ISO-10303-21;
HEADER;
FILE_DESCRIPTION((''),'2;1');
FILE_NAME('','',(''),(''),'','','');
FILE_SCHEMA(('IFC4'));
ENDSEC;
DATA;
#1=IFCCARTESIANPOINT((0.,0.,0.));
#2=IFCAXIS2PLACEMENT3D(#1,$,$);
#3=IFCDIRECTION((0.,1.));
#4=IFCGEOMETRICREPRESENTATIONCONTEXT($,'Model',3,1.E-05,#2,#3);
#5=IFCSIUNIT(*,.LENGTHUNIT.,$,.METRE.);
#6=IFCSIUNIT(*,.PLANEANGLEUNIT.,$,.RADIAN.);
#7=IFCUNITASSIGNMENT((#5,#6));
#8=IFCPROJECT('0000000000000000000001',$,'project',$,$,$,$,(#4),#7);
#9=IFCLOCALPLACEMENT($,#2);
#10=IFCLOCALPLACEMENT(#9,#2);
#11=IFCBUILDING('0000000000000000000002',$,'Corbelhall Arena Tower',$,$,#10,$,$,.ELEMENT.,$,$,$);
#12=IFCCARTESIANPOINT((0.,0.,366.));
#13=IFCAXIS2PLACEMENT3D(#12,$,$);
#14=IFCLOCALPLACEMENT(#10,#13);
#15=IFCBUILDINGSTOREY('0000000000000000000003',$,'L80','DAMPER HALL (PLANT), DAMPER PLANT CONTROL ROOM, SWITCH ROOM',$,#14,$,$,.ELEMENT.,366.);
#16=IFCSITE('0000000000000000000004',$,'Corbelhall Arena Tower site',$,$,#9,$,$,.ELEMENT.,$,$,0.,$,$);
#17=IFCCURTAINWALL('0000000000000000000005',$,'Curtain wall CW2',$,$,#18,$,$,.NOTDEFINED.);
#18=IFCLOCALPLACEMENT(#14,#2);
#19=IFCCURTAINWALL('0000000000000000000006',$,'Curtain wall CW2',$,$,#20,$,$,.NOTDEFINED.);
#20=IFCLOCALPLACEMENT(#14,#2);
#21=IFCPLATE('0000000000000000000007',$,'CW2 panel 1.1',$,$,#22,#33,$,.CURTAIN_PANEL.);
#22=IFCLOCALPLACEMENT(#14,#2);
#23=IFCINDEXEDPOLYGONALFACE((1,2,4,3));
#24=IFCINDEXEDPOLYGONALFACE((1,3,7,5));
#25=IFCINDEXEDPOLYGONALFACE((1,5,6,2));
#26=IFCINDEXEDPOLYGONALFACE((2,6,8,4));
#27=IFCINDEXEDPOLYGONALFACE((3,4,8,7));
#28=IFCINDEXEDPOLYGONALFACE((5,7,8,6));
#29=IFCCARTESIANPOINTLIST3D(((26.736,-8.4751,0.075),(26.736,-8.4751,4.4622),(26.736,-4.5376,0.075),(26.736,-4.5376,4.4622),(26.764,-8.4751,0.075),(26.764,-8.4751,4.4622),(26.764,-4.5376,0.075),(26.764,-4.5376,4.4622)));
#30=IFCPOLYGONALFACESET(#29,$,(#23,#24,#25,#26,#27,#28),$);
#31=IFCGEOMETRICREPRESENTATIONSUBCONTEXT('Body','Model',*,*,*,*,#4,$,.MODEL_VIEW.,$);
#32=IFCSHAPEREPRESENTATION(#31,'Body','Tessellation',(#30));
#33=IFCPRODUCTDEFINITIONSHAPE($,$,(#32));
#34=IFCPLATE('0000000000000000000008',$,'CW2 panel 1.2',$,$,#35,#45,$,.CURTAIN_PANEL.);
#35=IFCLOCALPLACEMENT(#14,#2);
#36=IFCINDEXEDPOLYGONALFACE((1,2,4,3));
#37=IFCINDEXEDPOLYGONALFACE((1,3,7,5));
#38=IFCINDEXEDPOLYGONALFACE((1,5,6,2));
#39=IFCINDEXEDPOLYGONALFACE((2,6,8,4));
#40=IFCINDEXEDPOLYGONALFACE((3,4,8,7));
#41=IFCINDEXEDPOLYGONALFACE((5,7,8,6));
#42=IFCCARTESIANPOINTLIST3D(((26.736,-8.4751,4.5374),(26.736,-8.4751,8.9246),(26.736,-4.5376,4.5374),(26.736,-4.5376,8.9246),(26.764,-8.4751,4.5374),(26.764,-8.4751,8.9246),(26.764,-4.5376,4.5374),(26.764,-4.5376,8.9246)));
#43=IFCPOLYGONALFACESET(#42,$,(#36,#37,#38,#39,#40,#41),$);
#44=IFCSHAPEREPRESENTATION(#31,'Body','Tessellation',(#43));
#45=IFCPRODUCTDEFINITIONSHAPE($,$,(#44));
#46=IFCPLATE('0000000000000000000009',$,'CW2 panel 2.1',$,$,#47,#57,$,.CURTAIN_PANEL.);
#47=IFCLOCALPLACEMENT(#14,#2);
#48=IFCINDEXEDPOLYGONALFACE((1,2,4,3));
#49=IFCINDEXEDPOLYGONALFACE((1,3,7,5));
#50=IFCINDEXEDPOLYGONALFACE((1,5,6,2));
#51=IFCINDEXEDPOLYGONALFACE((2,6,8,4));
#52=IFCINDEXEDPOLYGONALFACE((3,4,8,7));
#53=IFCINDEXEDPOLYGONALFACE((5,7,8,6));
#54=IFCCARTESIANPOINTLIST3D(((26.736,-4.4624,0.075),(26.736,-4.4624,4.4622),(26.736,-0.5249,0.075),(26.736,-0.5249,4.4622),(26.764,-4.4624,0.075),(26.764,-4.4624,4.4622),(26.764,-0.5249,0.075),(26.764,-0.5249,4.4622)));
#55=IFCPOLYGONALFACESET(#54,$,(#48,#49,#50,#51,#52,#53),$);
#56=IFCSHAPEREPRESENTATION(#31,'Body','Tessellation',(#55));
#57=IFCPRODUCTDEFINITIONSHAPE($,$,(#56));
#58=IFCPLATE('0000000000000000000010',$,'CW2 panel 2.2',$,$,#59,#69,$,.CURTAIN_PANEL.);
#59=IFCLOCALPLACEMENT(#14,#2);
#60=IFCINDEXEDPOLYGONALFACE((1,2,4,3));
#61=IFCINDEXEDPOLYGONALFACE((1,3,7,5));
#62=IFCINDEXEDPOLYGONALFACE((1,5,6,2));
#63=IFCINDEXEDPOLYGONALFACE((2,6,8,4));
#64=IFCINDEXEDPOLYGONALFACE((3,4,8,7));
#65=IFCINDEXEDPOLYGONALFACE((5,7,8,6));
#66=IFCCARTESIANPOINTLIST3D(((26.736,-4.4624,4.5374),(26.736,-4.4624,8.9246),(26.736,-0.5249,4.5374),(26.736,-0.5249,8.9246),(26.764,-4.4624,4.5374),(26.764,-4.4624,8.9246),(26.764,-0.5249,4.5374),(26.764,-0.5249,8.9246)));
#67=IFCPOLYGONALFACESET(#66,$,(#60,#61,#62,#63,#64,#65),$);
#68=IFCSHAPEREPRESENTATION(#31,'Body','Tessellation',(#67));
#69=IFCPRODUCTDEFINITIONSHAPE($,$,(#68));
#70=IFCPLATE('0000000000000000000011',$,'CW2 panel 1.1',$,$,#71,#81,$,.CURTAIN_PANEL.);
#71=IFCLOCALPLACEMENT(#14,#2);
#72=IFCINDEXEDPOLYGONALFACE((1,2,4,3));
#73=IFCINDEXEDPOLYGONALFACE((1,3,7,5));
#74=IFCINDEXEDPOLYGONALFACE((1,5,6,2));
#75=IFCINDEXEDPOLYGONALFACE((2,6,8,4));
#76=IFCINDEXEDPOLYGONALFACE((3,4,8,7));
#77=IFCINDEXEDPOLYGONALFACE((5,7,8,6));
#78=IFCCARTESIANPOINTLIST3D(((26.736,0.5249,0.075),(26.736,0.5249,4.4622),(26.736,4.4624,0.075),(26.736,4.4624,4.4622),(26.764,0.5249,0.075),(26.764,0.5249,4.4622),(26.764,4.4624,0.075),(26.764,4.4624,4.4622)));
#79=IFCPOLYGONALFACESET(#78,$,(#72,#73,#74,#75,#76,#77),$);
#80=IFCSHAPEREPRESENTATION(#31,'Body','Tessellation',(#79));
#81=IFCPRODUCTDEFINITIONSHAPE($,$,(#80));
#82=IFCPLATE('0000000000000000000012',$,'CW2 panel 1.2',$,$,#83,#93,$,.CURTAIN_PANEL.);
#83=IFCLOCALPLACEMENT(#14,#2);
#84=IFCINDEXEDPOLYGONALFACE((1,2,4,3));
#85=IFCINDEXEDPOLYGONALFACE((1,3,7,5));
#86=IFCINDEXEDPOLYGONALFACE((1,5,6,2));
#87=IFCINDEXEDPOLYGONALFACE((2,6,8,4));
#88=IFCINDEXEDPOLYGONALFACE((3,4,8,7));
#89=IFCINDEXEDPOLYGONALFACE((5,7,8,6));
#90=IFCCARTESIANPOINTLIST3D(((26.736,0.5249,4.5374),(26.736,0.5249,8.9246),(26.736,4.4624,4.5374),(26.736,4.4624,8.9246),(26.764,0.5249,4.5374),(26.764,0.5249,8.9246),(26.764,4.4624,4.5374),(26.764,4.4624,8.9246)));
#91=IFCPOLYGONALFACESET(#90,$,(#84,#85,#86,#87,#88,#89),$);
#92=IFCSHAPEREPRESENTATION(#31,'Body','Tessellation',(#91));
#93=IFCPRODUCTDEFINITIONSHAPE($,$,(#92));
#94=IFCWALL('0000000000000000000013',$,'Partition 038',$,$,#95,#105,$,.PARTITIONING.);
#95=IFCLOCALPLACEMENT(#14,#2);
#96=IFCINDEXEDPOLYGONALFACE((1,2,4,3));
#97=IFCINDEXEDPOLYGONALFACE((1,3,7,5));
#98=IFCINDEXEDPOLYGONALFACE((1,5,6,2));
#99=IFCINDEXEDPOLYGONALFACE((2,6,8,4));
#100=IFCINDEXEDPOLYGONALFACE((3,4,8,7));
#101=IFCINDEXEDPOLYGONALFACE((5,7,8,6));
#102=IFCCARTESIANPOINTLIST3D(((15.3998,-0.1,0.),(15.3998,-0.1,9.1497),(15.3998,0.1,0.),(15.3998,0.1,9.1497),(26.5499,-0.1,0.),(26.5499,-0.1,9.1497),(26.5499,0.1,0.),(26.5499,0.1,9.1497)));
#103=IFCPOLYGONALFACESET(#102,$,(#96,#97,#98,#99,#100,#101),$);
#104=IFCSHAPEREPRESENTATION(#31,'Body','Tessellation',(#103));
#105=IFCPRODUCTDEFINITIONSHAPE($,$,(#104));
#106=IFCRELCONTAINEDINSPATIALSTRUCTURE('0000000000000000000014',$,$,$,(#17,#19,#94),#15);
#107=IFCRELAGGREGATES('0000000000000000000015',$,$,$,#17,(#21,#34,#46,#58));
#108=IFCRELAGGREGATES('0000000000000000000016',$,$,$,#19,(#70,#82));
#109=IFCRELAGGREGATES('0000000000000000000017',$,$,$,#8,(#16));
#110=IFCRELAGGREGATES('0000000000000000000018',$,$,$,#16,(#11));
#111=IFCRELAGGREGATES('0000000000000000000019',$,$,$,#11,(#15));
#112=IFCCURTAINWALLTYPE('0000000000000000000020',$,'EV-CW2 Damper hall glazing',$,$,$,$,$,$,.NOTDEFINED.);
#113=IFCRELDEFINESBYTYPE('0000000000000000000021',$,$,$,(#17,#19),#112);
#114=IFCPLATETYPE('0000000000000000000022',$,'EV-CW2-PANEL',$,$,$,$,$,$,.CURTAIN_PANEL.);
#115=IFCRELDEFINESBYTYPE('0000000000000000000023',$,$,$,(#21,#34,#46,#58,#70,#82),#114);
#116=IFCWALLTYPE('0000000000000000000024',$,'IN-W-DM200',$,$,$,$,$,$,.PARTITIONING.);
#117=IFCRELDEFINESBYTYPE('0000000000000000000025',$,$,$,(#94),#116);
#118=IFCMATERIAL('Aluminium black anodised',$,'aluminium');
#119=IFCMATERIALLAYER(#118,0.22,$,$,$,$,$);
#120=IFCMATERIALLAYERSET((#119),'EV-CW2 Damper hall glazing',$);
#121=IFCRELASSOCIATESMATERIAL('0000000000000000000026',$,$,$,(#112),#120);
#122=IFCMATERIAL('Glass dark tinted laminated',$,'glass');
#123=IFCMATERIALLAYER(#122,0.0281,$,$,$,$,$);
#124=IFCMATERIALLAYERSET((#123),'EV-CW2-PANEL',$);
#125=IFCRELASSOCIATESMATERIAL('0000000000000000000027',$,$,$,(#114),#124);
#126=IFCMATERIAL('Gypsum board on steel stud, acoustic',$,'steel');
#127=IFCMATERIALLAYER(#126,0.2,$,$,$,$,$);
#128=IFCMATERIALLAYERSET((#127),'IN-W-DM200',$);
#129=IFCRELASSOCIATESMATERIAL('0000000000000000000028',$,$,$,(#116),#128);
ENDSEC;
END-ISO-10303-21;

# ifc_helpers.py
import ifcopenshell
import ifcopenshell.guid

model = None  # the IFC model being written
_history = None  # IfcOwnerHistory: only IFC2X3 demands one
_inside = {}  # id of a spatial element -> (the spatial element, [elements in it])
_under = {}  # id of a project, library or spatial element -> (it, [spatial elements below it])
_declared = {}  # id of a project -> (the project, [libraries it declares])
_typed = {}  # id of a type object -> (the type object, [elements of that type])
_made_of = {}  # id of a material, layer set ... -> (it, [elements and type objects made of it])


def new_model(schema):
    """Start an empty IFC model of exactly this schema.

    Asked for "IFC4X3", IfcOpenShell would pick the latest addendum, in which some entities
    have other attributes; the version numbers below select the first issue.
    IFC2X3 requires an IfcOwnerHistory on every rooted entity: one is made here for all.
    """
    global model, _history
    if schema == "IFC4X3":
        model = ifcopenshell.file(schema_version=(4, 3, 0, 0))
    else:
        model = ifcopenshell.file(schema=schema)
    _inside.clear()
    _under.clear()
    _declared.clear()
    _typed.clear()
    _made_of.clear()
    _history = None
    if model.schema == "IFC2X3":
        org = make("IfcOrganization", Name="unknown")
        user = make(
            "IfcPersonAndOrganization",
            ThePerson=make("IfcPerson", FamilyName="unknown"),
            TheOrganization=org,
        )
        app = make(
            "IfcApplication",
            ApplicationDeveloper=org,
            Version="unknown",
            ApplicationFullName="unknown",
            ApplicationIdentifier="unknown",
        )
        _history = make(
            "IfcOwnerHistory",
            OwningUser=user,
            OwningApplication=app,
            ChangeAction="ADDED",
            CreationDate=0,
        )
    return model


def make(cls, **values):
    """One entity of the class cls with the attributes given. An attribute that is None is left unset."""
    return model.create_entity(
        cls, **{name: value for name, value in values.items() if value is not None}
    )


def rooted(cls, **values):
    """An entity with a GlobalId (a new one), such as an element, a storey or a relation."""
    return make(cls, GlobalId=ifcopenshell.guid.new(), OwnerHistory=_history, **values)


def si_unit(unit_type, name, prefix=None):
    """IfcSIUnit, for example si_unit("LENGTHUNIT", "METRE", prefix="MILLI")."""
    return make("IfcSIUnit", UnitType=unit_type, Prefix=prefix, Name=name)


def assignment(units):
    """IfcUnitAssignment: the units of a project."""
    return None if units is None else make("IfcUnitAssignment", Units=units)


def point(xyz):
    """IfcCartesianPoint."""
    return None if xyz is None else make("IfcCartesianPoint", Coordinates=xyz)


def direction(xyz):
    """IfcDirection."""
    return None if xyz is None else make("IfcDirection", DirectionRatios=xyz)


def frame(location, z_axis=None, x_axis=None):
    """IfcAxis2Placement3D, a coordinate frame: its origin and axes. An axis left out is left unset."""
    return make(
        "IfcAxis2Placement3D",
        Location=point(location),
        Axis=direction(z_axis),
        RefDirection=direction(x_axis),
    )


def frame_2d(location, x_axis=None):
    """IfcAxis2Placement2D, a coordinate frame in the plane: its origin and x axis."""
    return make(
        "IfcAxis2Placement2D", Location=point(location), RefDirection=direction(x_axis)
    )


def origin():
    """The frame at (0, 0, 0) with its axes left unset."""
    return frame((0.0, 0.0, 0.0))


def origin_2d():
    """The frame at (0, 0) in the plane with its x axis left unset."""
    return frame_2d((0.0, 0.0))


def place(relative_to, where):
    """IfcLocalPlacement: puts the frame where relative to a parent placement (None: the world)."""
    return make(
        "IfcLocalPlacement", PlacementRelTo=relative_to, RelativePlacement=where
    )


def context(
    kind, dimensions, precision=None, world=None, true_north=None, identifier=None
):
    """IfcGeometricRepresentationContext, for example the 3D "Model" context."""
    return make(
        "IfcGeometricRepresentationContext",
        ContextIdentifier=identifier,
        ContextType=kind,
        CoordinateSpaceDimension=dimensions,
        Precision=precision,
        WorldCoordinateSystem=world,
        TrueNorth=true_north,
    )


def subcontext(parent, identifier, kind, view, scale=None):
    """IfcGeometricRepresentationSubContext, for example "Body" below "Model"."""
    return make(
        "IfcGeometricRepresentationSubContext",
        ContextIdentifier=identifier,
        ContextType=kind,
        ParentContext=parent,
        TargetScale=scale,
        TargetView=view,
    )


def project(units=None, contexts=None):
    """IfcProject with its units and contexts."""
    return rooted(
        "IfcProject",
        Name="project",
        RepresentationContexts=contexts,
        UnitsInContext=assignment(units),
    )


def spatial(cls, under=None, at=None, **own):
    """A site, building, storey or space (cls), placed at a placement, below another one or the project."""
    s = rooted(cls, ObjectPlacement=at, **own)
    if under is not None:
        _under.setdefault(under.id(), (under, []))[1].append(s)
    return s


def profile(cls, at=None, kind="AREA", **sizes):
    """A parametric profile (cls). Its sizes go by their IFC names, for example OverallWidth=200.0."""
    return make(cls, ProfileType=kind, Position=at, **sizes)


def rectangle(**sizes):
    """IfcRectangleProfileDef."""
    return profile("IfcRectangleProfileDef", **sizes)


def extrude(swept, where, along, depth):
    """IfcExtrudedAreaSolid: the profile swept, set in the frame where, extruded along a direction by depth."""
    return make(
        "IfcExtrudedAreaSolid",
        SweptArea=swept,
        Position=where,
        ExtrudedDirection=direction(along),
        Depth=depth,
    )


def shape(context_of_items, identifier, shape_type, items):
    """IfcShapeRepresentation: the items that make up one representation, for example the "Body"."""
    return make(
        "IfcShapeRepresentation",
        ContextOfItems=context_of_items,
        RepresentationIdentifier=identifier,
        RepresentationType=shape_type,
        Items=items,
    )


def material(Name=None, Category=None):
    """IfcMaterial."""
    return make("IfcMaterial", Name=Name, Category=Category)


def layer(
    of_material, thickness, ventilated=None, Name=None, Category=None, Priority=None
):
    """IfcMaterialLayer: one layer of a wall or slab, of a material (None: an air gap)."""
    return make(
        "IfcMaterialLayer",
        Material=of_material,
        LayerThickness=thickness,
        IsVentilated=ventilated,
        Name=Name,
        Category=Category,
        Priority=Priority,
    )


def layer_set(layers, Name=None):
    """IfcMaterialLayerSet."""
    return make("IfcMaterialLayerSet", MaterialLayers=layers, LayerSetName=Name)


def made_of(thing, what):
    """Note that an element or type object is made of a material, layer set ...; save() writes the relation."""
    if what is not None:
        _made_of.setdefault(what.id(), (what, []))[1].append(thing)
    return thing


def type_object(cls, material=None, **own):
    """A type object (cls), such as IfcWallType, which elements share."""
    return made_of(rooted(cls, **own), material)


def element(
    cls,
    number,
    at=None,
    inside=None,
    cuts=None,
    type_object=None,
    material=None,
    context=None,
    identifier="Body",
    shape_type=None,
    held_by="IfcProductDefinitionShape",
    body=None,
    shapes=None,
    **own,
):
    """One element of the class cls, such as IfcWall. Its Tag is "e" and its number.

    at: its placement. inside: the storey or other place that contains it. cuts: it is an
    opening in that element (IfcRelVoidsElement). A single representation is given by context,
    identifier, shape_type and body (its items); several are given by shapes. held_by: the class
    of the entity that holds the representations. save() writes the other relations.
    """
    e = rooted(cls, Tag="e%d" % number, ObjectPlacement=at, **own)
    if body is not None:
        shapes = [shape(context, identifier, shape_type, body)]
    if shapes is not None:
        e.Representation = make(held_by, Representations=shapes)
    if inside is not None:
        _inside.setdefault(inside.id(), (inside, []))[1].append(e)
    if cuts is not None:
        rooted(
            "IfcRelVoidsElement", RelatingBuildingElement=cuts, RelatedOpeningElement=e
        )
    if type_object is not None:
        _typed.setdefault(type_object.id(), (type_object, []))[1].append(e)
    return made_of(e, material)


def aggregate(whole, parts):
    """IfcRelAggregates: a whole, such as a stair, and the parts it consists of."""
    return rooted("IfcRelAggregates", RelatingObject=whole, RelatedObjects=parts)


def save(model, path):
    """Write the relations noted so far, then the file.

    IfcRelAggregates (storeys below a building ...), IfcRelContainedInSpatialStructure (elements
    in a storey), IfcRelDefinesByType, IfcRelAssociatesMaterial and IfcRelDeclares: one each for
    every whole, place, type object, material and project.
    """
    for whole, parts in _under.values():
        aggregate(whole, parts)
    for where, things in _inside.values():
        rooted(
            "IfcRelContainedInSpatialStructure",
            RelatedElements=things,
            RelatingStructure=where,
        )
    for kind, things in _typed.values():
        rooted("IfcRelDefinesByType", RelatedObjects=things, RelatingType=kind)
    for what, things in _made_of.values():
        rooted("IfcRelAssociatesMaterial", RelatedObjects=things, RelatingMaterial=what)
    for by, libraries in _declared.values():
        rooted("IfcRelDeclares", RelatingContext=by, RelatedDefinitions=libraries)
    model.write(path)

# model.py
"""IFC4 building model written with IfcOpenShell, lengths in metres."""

from ifc_helpers import new_model, si_unit, direction, frame, frame_2d, origin, origin_2d, place, context, subcontext, project, spatial, rectangle, extrude, material, layer, layer_set, type_object, element, aggregate, save


model = new_model("IFC4")

# Units and contexts
model_context = context("Model", 3, precision=1e-05, world=origin(), true_north=direction((0.0, 1.0)))
body_context = subcontext(model_context, "Body", "Model", "MODEL_VIEW")
ifc_project = project(units=[si_unit("LENGTHUNIT", "METRE"), si_unit("PLANEANGLEUNIT", "RADIAN")], contexts=[model_context])

# Site, building, storey
site_placement = place(None, origin())
site = spatial("IfcSite", under=ifc_project, at=site_placement, Name="Corbelhall Arena Tower site", CompositionType="ELEMENT", RefElevation=0.0)
building_placement = place(site_placement, origin())
building = spatial("IfcBuilding", under=site, at=building_placement, Name="Corbelhall Arena Tower", CompositionType="ELEMENT")
storey_placement = place(building_placement, frame((0.0, 0.0, 366.0)))
storey = spatial("IfcBuildingStorey", under=building, at=storey_placement, Name="L80", Description="DAMPER HALL (PLANT), DAMPER PLANT CONTROL ROOM, SWITCH ROOM", CompositionType="ELEMENT", Elevation=366.0)

# Curtain wall
ifc_material_1 = material(Name="Aluminium black anodised", Category="aluminium")
ifc_layer_1 = layer(ifc_material_1, 0.22)
ifc_layer_set_1 = layer_set([ifc_layer_1], Name="EV-CW2 Damper hall glazing")
curtain_wall_type = type_object("IfcCurtainWallType", Name="EV-CW2 Damper hall glazing", PredefinedType="NOTDEFINED", material=ifc_layer_set_1)
curtain_wall_1_placement = place(storey_placement, origin())
curtain_wall_1 = element("IfcCurtainWall", 1, at=curtain_wall_1_placement, inside=storey, type_object=curtain_wall_type, Name="Curtain wall CW2", PredefinedType="NOTDEFINED")

# Curtain wall
curtain_wall_2_placement = place(storey_placement, origin())
curtain_wall_2 = element("IfcCurtainWall", 2, at=curtain_wall_2_placement, inside=storey, type_object=curtain_wall_type, Name="Curtain wall CW2", PredefinedType="NOTDEFINED")

# Plates
ifc_material_2 = material(Name="Glass dark tinted laminated", Category="glass")
ifc_layer_2 = layer(ifc_material_2, 0.0281)
ifc_layer_set_2 = layer_set([ifc_layer_2], Name="EV-CW2-PANEL")
plate_type = type_object("IfcPlateType", Name="EV-CW2-PANEL", PredefinedType="CURTAIN_PANEL", material=ifc_layer_set_2)
plate_1_placement = place(storey_placement, frame((26.75, -6.5063, 0.075), z_axis=(0.0, 0.0, 1.0), x_axis=(0.0, 1.0, 0.0)))
plate_1 = element("IfcPlate", 3, at=plate_1_placement, type_object=plate_type, Name="CW2 panel 1.1", PredefinedType="CURTAIN_PANEL", context=body_context, shape_type="SweptSolid", body=[
    extrude(rectangle(XDim=3.9375, YDim=0.0281, at=origin_2d()), origin(), (0.0, 0.0, 1.0), 4.3872),
])
plate_2_placement = place(storey_placement, frame((26.75, -6.5063, 4.5374), z_axis=(0.0, 0.0, 1.0), x_axis=(0.0, 1.0, 0.0)))
plate_2 = element("IfcPlate", 4, at=plate_2_placement, type_object=plate_type, Name="CW2 panel 1.2", PredefinedType="CURTAIN_PANEL", context=body_context, shape_type="SweptSolid", body=[
    extrude(rectangle(XDim=3.9375, YDim=0.0281, at=origin_2d()), origin(), (0.0, 0.0, 1.0), 4.3872),
])
plate_3_placement = place(storey_placement, frame((26.75, -2.4937, 0.075), z_axis=(0.0, 0.0, 1.0), x_axis=(0.0, 1.0, 0.0)))
plate_3 = element("IfcPlate", 5, at=plate_3_placement, type_object=plate_type, Name="CW2 panel 2.1", PredefinedType="CURTAIN_PANEL", context=body_context, shape_type="SweptSolid", body=[
    extrude(rectangle(XDim=3.9375, YDim=0.0281, at=origin_2d()), origin(), (0.0, 0.0, 1.0), 4.3872),
])
plate_4_placement = place(storey_placement, frame((26.75, -2.4937, 4.5374), z_axis=(0.0, 0.0, 1.0), x_axis=(0.0, 1.0, 0.0)))
plate_4 = element("IfcPlate", 6, at=plate_4_placement, type_object=plate_type, Name="CW2 panel 2.2", PredefinedType="CURTAIN_PANEL", context=body_context, shape_type="SweptSolid", body=[
    extrude(rectangle(XDim=3.9375, YDim=0.0281, at=origin_2d()), origin(), (0.0, 0.0, 1.0), 4.3872),
])
aggregate(curtain_wall_1, [plate_1, plate_2, plate_3, plate_4])
plate_5_placement = place(storey_placement, frame((26.75, 2.4937, 0.075), z_axis=(0.0, 0.0, 1.0), x_axis=(0.0, 1.0, 0.0)))
plate_5 = element("IfcPlate", 7, at=plate_5_placement, type_object=plate_type, Name="CW2 panel 1.1", PredefinedType="CURTAIN_PANEL", context=body_context, shape_type="SweptSolid", body=[
    extrude(rectangle(XDim=3.9375, YDim=0.0281, at=origin_2d()), origin(), (0.0, 0.0, 1.0), 4.3872),
])
plate_6_placement = place(storey_placement, frame((26.75, 2.4937, 4.5374), z_axis=(0.0, 0.0, 1.0), x_axis=(0.0, 1.0, 0.0)))
plate_6 = element("IfcPlate", 8, at=plate_6_placement, type_object=plate_type, Name="CW2 panel 1.2", PredefinedType="CURTAIN_PANEL", context=body_context, shape_type="SweptSolid", body=[
    extrude(rectangle(XDim=3.9375, YDim=0.0281, at=origin_2d()), origin(), (0.0, 0.0, 1.0), 4.3872),
])
aggregate(curtain_wall_2, [plate_5, plate_6])

# Shared definitions
ifc_material_3 = material(Name="Gypsum board on steel stud, acoustic", Category="steel")
ifc_layer_3 = layer(ifc_material_3, 0.2)
ifc_layer_set_3 = layer_set([ifc_layer_3], Name="IN-W-DM200")
wall_type = type_object("IfcWallType", Name="IN-W-DM200", PredefinedType="PARTITIONING", material=ifc_layer_set_3)

# Wall
wall_1_placement = place(storey_placement, frame((26.55, 0.0, 0.0), z_axis=(0.0, 0.0, 1.0), x_axis=(-1.0, 0.0, 0.0)))
element("IfcWall", 9, at=wall_1_placement, inside=storey, type_object=wall_type, Name="Partition 038", PredefinedType="PARTITIONING", context=body_context, shape_type="SweptSolid", body=[
    extrude(rectangle(XDim=11.1501, YDim=0.2, at=frame_2d((5.5752, 0.0))), origin(), (0.0, 0.0, 1.0), 9.1497),
])

save(model, "model.ifc")
